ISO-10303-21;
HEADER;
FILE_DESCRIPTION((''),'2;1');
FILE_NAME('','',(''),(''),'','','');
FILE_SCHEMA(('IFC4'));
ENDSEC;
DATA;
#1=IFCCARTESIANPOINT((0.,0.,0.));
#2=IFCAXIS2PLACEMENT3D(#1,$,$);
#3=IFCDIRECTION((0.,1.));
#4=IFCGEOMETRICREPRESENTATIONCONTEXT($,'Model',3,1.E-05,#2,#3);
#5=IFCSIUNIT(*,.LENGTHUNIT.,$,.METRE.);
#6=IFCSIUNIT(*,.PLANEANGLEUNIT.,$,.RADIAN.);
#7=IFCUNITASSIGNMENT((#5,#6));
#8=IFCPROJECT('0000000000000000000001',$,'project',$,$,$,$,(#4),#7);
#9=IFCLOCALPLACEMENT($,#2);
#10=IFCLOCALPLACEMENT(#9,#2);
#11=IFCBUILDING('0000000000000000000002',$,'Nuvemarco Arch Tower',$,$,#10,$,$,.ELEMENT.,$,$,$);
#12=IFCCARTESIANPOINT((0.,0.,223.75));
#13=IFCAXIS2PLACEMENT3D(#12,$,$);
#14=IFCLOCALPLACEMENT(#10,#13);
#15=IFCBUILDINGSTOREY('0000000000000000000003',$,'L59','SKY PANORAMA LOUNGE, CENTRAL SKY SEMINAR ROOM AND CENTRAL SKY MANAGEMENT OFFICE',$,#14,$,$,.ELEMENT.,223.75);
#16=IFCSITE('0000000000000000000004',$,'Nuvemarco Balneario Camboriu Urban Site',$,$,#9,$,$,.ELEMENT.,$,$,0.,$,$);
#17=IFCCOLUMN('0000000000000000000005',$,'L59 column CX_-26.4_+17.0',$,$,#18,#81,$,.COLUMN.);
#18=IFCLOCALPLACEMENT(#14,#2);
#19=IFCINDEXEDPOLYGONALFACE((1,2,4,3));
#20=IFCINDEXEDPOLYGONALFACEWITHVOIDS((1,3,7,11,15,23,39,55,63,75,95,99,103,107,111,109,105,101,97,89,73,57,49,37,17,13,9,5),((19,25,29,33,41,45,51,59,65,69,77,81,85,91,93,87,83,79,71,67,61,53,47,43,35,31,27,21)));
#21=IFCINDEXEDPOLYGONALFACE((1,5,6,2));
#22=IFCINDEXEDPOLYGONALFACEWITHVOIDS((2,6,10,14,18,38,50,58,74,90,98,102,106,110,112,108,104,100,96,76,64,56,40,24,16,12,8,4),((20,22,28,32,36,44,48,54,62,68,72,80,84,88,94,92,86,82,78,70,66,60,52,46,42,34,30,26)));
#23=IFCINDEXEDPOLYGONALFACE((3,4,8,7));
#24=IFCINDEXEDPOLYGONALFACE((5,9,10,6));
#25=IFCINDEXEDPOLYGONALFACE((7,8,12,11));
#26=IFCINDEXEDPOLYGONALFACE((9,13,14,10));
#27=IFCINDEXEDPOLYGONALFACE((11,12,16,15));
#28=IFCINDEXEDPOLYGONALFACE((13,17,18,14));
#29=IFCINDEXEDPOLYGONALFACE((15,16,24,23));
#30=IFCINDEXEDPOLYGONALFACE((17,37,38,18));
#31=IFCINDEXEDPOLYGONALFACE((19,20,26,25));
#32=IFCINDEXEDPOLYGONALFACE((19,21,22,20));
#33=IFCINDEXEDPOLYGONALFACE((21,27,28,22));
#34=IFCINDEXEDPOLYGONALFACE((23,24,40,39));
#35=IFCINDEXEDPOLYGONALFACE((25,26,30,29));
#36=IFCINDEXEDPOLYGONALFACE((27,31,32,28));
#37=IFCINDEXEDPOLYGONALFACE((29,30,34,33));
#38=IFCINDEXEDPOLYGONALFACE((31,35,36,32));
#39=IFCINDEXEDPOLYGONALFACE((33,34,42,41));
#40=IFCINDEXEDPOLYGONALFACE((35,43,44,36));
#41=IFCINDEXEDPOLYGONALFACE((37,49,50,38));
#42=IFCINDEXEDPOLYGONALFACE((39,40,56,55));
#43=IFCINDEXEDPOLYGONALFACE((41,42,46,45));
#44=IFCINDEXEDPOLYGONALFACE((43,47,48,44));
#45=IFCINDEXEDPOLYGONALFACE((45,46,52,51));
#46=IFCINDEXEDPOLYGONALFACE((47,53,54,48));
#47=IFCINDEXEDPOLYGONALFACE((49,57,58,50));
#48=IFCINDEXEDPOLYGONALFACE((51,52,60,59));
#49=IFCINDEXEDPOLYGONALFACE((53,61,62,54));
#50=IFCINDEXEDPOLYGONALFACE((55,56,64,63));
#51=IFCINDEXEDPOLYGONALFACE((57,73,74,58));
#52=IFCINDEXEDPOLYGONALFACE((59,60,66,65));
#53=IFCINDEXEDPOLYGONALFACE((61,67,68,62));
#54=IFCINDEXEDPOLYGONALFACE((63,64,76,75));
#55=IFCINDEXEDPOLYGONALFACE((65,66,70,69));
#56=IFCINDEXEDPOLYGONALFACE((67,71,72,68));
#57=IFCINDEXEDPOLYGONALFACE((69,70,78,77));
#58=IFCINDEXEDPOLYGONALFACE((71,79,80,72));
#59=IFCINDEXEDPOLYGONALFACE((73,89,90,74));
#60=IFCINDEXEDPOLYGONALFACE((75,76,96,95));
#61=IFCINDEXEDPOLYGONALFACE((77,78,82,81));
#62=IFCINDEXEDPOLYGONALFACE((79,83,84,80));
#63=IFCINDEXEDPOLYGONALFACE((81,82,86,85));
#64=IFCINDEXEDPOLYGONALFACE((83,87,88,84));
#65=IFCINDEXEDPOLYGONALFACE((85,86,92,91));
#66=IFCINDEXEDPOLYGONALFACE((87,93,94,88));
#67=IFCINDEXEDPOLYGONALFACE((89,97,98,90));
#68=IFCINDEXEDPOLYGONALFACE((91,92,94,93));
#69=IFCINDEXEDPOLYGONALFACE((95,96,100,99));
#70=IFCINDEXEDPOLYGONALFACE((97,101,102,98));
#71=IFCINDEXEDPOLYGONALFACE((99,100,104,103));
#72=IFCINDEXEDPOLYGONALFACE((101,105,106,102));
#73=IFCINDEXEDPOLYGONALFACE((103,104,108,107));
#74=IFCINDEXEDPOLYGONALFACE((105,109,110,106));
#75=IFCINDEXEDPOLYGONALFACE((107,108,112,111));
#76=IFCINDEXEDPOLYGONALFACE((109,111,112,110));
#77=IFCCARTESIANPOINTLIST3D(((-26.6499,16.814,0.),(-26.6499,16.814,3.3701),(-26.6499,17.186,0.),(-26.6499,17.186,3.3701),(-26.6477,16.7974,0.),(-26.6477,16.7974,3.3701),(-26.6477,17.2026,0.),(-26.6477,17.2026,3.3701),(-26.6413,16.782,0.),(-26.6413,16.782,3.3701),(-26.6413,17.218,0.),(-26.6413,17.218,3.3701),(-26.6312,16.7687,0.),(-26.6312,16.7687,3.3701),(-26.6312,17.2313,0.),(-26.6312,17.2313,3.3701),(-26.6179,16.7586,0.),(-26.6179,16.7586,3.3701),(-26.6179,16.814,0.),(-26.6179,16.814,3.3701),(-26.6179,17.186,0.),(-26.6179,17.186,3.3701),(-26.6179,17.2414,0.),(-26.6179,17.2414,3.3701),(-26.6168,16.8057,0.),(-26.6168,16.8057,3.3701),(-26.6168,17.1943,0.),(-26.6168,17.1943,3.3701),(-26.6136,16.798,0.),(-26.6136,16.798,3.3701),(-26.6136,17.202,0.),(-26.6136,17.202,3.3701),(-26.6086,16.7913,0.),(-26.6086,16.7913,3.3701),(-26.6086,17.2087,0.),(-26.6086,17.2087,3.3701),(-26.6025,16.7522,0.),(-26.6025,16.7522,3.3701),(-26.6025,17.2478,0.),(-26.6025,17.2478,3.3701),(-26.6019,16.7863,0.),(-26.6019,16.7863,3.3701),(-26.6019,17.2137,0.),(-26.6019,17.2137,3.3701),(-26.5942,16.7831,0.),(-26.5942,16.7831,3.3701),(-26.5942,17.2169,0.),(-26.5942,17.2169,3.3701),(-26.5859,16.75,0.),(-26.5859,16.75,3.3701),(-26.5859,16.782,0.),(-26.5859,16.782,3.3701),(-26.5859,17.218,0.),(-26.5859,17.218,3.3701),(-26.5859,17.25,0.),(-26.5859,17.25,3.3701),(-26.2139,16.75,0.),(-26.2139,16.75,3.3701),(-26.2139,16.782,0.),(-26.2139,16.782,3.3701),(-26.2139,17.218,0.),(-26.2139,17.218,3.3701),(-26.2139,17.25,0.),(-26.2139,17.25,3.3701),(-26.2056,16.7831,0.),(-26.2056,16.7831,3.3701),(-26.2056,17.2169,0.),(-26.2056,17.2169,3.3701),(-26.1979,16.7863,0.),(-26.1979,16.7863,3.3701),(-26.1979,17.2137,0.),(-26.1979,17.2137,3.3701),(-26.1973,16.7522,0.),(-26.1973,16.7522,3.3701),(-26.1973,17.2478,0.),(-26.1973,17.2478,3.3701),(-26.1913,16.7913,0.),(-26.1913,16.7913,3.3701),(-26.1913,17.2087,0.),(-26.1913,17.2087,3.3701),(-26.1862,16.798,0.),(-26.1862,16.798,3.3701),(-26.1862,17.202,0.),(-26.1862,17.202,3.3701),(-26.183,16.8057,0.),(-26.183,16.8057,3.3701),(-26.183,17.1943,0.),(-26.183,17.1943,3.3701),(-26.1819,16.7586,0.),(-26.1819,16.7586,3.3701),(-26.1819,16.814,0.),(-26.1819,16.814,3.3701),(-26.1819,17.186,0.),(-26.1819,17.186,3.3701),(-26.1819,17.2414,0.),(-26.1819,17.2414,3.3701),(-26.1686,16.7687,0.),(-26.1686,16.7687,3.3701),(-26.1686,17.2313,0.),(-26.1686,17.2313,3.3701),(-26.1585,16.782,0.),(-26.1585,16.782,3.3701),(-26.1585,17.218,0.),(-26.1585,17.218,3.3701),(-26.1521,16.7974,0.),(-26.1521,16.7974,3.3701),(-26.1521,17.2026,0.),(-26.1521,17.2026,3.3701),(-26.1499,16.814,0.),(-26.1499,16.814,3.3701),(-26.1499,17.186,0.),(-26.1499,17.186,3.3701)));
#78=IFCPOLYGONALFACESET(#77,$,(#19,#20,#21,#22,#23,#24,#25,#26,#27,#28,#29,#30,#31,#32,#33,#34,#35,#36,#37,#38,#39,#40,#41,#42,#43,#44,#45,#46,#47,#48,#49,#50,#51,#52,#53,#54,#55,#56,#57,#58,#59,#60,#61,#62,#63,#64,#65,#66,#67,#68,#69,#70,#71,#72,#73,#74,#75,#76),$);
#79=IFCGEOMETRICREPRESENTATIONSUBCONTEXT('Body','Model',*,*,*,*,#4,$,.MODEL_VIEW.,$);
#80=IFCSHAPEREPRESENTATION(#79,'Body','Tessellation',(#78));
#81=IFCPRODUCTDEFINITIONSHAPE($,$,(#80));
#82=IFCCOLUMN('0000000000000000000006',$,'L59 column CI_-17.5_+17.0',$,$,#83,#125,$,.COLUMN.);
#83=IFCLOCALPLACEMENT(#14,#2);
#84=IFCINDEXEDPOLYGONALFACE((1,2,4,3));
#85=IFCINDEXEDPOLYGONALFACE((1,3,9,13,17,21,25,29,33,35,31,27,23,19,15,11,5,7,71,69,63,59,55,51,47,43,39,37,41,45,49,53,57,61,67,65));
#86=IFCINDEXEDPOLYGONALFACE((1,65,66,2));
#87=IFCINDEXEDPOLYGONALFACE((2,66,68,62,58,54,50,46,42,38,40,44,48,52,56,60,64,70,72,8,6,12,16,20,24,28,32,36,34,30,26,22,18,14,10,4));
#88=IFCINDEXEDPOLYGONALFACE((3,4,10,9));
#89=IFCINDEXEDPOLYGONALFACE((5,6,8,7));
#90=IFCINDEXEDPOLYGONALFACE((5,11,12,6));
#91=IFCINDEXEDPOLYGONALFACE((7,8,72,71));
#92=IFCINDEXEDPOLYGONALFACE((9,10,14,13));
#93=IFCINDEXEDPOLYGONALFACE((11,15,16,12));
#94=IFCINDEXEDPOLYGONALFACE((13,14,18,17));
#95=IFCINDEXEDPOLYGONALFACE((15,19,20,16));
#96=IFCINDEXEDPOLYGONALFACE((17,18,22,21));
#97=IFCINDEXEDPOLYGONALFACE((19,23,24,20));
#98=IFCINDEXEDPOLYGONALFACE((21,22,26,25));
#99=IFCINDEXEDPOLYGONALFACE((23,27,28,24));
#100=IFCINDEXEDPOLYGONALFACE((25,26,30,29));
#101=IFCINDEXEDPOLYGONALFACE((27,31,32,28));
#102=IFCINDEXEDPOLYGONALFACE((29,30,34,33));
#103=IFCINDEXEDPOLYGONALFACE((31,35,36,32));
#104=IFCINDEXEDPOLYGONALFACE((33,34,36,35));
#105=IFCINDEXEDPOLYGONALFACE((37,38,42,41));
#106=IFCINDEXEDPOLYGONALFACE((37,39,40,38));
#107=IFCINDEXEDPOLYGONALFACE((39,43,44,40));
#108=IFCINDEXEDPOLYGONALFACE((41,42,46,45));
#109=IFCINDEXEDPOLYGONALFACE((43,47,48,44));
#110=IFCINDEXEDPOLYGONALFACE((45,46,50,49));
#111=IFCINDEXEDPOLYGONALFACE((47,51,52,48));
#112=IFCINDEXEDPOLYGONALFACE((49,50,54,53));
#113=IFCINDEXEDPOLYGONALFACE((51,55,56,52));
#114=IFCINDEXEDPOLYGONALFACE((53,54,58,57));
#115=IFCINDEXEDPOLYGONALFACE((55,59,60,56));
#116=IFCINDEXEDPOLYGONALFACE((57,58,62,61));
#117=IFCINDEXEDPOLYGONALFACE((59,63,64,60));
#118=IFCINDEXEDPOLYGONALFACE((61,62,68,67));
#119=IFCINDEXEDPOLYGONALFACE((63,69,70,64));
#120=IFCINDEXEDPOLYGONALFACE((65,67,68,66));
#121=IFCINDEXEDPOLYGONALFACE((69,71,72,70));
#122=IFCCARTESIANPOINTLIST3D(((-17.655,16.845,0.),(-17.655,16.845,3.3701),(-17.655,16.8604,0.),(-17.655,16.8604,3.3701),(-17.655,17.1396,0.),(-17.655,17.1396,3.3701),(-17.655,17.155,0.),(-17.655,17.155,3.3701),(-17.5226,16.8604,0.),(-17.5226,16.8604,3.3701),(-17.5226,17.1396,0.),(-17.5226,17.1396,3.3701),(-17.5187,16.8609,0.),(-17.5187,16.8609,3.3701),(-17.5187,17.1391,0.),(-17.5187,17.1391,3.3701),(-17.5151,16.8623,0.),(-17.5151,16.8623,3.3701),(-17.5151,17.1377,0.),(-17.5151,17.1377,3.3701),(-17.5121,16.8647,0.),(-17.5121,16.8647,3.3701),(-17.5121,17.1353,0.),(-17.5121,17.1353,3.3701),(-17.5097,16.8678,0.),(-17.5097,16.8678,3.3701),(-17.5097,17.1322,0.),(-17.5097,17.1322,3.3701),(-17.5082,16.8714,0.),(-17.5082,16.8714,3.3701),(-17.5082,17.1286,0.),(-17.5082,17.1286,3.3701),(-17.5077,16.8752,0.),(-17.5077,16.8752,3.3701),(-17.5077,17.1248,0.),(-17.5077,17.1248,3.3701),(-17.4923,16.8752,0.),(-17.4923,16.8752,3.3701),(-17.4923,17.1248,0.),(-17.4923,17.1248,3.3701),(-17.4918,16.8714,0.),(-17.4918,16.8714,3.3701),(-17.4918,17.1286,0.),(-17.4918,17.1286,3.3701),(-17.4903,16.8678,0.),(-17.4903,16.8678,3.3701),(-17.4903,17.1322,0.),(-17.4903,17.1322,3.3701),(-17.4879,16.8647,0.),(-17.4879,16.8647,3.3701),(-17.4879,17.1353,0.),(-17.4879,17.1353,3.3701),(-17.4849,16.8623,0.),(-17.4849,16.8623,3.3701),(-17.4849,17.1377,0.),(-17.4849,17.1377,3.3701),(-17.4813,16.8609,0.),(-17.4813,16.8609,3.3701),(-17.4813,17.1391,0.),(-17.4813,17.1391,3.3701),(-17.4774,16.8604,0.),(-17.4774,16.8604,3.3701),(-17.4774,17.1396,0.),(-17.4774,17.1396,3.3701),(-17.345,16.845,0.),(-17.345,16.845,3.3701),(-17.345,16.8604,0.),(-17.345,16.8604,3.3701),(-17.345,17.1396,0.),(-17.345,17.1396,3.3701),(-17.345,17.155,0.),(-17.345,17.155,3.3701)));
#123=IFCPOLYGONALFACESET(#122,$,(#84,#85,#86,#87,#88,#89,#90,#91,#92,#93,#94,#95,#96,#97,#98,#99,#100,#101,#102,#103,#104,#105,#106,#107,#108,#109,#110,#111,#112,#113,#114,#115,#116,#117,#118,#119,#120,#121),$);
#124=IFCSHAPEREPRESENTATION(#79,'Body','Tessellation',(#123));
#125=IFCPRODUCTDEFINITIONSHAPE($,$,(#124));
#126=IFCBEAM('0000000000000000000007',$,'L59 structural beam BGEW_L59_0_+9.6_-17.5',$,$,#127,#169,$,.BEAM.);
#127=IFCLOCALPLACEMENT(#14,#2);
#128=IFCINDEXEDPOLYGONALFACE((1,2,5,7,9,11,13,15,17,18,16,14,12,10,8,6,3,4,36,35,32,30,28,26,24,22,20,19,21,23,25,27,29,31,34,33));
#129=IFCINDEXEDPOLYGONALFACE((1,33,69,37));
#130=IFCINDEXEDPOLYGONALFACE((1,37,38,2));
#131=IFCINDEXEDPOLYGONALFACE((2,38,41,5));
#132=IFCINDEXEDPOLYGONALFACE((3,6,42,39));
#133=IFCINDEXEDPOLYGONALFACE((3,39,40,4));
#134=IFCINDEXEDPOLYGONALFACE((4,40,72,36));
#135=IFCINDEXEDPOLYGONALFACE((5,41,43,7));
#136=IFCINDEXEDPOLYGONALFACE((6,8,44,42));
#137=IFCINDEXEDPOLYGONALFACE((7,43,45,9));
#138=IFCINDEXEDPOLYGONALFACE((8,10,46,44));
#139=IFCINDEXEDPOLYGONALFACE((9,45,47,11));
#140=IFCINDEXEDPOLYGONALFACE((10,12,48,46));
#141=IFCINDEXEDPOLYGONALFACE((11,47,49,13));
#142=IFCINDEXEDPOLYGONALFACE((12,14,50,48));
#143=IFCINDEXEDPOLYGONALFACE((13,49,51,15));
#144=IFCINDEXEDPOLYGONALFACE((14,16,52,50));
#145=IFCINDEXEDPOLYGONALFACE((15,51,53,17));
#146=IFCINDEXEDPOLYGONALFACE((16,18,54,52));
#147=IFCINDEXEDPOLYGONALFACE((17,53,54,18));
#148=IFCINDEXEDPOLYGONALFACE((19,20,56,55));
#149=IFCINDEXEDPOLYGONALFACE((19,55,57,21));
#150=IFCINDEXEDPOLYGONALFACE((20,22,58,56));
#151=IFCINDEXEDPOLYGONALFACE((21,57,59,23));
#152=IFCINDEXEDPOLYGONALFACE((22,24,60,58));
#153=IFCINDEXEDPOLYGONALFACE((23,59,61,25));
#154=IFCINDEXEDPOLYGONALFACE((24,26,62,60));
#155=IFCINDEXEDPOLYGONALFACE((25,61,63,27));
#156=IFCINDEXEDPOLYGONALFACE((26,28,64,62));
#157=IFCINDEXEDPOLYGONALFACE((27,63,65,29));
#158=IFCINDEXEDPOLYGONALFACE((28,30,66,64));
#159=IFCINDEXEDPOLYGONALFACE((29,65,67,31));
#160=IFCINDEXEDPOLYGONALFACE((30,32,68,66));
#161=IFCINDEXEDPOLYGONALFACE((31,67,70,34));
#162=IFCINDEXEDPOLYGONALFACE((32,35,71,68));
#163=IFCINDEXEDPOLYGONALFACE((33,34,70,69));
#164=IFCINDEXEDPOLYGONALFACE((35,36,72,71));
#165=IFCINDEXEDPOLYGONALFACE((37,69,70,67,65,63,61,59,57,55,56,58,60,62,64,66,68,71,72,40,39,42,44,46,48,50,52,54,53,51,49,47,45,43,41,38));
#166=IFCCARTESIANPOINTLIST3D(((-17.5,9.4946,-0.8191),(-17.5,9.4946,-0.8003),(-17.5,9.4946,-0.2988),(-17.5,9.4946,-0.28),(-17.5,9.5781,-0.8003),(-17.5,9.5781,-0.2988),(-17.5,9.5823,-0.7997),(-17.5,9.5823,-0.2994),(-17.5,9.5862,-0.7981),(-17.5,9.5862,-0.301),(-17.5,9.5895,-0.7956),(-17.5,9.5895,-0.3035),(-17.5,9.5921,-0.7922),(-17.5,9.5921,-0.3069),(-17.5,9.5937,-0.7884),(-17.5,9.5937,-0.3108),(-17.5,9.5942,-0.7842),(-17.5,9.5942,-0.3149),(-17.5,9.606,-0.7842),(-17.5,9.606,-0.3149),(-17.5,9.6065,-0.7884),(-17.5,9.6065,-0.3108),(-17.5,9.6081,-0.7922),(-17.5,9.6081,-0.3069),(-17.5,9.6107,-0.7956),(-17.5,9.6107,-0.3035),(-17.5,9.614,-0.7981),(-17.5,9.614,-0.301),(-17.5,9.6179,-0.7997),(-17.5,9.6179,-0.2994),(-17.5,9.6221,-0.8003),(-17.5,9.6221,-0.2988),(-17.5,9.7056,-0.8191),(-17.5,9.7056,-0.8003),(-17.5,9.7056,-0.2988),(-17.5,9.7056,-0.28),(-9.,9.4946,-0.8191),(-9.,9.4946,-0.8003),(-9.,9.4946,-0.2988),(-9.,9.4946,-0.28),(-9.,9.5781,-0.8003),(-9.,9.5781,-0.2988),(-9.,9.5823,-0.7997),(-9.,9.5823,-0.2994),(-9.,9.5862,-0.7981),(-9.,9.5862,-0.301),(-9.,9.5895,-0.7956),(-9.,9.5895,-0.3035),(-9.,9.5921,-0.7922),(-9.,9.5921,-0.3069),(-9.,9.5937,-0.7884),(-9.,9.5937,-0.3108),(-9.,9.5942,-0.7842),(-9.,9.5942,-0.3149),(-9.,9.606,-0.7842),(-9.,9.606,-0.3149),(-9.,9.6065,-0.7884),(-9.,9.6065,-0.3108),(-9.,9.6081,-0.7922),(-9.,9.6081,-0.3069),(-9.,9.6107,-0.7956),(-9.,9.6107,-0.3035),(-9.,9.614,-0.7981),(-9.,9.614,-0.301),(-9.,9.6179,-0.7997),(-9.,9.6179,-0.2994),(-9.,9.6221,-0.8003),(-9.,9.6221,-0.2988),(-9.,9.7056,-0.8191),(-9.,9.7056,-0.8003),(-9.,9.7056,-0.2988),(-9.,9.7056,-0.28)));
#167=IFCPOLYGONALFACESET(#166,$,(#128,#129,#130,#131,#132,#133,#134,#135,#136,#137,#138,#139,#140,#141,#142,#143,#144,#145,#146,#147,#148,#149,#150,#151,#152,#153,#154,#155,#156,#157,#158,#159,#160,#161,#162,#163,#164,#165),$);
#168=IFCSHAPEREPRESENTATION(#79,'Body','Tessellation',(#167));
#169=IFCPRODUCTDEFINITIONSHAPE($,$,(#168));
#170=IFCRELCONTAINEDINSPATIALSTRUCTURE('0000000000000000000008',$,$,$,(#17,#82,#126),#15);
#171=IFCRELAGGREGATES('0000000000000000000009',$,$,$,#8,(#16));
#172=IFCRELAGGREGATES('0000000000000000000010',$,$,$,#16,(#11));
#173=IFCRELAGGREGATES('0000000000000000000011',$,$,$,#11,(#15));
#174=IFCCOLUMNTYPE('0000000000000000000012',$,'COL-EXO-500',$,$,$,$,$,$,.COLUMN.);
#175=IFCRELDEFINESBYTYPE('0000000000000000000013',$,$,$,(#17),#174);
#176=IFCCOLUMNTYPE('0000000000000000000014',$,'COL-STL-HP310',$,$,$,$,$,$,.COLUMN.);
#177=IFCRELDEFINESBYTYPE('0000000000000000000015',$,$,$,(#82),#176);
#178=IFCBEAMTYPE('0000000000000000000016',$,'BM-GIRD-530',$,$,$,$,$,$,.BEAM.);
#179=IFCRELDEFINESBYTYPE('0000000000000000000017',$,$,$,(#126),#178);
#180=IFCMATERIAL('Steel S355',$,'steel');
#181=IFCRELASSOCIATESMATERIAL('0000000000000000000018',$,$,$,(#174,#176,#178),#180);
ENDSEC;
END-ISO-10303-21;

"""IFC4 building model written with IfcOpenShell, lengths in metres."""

from ifc_helpers import new_model, si_unit, direction, frame, origin, origin_2d, place, context, subcontext, project, spatial, hollow_rectangle, i_section, extrude, material, material_profile, profile_set, type_object, element, save


model = new_model("IFC4")

# Units and contexts
model_context = context("Model", 3, precision=1e-05, world=origin(), true_north=direction((0.0, 1.0)))
body_context = subcontext(model_context, "Body", "Model", "MODEL_VIEW")
ifc_project = project(units=[si_unit("LENGTHUNIT", "METRE"), si_unit("PLANEANGLEUNIT", "RADIAN")], contexts=[model_context])

# Site, building, storey
site_placement = place(None, origin())
site = spatial("IfcSite", under=ifc_project, at=site_placement, Name="Nuvemarco Balneario Camboriu Urban Site", CompositionType="ELEMENT", RefElevation=0.0)
building_placement = place(site_placement, origin())
building = spatial("IfcBuilding", under=site, at=building_placement, Name="Nuvemarco Arch Tower", CompositionType="ELEMENT")
storey_placement = place(building_placement, frame((0.0, 0.0, 223.75)))
storey = spatial("IfcBuildingStorey", under=building, at=storey_placement, Name="L59", Description="SKY PANORAMA LOUNGE, CENTRAL SKY SEMINAR ROOM AND CENTRAL SKY MANAGEMENT OFFICE", CompositionType="ELEMENT", Elevation=223.75)

# Columns
ifc_material_1 = material(Name="Steel S355", Category="steel")
ifc_material_profile_1 = material_profile(ifc_material_1, hollow_rectangle(XDim=0.5, YDim=0.5, WallThickness=0.032, InnerFilletRadius=0.032, OuterFilletRadius=0.064, at=origin_2d()), Name="SHS500x500x32")
ifc_profile_set_1 = profile_set([ifc_material_profile_1], Name="Steel S355")
column_type_1 = type_object("IfcColumnType", Name="COL-EXO-500", PredefinedType="COLUMN", material=ifc_profile_set_1)
column_1_placement = place(storey_placement, frame((-26.3999, 17.0, 0.0), z_axis=(0.0, 0.0, 1.0), x_axis=(1.0, 0.0, 0.0)))
element("IfcColumn", 1, at=column_1_placement, inside=storey, type_object=column_type_1, Name="L59 column CX_-26.4_+17.0", PredefinedType="COLUMN", context=body_context, shape_type="SweptSolid", body=[
    extrude(hollow_rectangle(XDim=0.5, YDim=0.5, WallThickness=0.032, InnerFilletRadius=0.032, OuterFilletRadius=0.064, at=origin_2d()), origin(), (0.0, 0.0, 1.0), 3.3701),
])
ifc_material_profile_2 = material_profile(ifc_material_1, i_section(OverallWidth=0.3101, OverallDepth=0.3101, WebThickness=0.0154, FlangeThickness=0.0154, FilletRadius=0.0149, at=origin_2d()), Name="HP310x110")
ifc_profile_set_2 = profile_set([ifc_material_profile_2], Name="Steel S355")
column_type_2 = type_object("IfcColumnType", Name="COL-STL-HP310", PredefinedType="COLUMN", material=ifc_profile_set_2)
column_2_placement = place(storey_placement, frame((-17.5, 17.0, 0.0), z_axis=(0.0, 0.0, 1.0), x_axis=(1.0, 0.0, 0.0)))
element("IfcColumn", 2, at=column_2_placement, inside=storey, type_object=column_type_2, Name="L59 column CI_-17.5_+17.0", PredefinedType="COLUMN", context=body_context, shape_type="SweptSolid", body=[
    extrude(i_section(OverallWidth=0.3101, OverallDepth=0.3101, WebThickness=0.0154, FlangeThickness=0.0154, FilletRadius=0.0149, at=origin_2d()), origin(), (0.0, 0.0, 1.0), 3.3701),
])

# Beam
ifc_material_profile_3 = material_profile(ifc_material_1, i_section(OverallWidth=0.2109, OverallDepth=0.5391, WebThickness=0.0117, FlangeThickness=0.0188, FilletRadius=0.0161, at=origin_2d()), Name="W530x109")
ifc_profile_set_3 = profile_set([ifc_material_profile_3], Name="Steel S355")
beam_type_1 = type_object("IfcBeamType", Name="BM-GIRD-530", PredefinedType="BEAM", material=ifc_profile_set_3)
beam_1_placement = place(storey_placement, frame((-17.5, 9.6001, -0.5496), z_axis=(1.0, 0.0, 0.0), x_axis=(0.0, 1.0, 0.0)))
element("IfcBeam", 3, at=beam_1_placement, inside=storey, type_object=beam_type_1, Name="L59 structural beam BGEW_L59_0_+9.6_-17.5", PredefinedType="BEAM", context=body_context, shape_type="SweptSolid", body=[
    extrude(i_section(OverallWidth=0.2109, OverallDepth=0.5391, WebThickness=0.0117, FlangeThickness=0.0188, FilletRadius=0.0161, at=origin_2d()), origin(), (0.0, 0.0, 1.0), 8.5),
])

save(model, "model.ifc")
